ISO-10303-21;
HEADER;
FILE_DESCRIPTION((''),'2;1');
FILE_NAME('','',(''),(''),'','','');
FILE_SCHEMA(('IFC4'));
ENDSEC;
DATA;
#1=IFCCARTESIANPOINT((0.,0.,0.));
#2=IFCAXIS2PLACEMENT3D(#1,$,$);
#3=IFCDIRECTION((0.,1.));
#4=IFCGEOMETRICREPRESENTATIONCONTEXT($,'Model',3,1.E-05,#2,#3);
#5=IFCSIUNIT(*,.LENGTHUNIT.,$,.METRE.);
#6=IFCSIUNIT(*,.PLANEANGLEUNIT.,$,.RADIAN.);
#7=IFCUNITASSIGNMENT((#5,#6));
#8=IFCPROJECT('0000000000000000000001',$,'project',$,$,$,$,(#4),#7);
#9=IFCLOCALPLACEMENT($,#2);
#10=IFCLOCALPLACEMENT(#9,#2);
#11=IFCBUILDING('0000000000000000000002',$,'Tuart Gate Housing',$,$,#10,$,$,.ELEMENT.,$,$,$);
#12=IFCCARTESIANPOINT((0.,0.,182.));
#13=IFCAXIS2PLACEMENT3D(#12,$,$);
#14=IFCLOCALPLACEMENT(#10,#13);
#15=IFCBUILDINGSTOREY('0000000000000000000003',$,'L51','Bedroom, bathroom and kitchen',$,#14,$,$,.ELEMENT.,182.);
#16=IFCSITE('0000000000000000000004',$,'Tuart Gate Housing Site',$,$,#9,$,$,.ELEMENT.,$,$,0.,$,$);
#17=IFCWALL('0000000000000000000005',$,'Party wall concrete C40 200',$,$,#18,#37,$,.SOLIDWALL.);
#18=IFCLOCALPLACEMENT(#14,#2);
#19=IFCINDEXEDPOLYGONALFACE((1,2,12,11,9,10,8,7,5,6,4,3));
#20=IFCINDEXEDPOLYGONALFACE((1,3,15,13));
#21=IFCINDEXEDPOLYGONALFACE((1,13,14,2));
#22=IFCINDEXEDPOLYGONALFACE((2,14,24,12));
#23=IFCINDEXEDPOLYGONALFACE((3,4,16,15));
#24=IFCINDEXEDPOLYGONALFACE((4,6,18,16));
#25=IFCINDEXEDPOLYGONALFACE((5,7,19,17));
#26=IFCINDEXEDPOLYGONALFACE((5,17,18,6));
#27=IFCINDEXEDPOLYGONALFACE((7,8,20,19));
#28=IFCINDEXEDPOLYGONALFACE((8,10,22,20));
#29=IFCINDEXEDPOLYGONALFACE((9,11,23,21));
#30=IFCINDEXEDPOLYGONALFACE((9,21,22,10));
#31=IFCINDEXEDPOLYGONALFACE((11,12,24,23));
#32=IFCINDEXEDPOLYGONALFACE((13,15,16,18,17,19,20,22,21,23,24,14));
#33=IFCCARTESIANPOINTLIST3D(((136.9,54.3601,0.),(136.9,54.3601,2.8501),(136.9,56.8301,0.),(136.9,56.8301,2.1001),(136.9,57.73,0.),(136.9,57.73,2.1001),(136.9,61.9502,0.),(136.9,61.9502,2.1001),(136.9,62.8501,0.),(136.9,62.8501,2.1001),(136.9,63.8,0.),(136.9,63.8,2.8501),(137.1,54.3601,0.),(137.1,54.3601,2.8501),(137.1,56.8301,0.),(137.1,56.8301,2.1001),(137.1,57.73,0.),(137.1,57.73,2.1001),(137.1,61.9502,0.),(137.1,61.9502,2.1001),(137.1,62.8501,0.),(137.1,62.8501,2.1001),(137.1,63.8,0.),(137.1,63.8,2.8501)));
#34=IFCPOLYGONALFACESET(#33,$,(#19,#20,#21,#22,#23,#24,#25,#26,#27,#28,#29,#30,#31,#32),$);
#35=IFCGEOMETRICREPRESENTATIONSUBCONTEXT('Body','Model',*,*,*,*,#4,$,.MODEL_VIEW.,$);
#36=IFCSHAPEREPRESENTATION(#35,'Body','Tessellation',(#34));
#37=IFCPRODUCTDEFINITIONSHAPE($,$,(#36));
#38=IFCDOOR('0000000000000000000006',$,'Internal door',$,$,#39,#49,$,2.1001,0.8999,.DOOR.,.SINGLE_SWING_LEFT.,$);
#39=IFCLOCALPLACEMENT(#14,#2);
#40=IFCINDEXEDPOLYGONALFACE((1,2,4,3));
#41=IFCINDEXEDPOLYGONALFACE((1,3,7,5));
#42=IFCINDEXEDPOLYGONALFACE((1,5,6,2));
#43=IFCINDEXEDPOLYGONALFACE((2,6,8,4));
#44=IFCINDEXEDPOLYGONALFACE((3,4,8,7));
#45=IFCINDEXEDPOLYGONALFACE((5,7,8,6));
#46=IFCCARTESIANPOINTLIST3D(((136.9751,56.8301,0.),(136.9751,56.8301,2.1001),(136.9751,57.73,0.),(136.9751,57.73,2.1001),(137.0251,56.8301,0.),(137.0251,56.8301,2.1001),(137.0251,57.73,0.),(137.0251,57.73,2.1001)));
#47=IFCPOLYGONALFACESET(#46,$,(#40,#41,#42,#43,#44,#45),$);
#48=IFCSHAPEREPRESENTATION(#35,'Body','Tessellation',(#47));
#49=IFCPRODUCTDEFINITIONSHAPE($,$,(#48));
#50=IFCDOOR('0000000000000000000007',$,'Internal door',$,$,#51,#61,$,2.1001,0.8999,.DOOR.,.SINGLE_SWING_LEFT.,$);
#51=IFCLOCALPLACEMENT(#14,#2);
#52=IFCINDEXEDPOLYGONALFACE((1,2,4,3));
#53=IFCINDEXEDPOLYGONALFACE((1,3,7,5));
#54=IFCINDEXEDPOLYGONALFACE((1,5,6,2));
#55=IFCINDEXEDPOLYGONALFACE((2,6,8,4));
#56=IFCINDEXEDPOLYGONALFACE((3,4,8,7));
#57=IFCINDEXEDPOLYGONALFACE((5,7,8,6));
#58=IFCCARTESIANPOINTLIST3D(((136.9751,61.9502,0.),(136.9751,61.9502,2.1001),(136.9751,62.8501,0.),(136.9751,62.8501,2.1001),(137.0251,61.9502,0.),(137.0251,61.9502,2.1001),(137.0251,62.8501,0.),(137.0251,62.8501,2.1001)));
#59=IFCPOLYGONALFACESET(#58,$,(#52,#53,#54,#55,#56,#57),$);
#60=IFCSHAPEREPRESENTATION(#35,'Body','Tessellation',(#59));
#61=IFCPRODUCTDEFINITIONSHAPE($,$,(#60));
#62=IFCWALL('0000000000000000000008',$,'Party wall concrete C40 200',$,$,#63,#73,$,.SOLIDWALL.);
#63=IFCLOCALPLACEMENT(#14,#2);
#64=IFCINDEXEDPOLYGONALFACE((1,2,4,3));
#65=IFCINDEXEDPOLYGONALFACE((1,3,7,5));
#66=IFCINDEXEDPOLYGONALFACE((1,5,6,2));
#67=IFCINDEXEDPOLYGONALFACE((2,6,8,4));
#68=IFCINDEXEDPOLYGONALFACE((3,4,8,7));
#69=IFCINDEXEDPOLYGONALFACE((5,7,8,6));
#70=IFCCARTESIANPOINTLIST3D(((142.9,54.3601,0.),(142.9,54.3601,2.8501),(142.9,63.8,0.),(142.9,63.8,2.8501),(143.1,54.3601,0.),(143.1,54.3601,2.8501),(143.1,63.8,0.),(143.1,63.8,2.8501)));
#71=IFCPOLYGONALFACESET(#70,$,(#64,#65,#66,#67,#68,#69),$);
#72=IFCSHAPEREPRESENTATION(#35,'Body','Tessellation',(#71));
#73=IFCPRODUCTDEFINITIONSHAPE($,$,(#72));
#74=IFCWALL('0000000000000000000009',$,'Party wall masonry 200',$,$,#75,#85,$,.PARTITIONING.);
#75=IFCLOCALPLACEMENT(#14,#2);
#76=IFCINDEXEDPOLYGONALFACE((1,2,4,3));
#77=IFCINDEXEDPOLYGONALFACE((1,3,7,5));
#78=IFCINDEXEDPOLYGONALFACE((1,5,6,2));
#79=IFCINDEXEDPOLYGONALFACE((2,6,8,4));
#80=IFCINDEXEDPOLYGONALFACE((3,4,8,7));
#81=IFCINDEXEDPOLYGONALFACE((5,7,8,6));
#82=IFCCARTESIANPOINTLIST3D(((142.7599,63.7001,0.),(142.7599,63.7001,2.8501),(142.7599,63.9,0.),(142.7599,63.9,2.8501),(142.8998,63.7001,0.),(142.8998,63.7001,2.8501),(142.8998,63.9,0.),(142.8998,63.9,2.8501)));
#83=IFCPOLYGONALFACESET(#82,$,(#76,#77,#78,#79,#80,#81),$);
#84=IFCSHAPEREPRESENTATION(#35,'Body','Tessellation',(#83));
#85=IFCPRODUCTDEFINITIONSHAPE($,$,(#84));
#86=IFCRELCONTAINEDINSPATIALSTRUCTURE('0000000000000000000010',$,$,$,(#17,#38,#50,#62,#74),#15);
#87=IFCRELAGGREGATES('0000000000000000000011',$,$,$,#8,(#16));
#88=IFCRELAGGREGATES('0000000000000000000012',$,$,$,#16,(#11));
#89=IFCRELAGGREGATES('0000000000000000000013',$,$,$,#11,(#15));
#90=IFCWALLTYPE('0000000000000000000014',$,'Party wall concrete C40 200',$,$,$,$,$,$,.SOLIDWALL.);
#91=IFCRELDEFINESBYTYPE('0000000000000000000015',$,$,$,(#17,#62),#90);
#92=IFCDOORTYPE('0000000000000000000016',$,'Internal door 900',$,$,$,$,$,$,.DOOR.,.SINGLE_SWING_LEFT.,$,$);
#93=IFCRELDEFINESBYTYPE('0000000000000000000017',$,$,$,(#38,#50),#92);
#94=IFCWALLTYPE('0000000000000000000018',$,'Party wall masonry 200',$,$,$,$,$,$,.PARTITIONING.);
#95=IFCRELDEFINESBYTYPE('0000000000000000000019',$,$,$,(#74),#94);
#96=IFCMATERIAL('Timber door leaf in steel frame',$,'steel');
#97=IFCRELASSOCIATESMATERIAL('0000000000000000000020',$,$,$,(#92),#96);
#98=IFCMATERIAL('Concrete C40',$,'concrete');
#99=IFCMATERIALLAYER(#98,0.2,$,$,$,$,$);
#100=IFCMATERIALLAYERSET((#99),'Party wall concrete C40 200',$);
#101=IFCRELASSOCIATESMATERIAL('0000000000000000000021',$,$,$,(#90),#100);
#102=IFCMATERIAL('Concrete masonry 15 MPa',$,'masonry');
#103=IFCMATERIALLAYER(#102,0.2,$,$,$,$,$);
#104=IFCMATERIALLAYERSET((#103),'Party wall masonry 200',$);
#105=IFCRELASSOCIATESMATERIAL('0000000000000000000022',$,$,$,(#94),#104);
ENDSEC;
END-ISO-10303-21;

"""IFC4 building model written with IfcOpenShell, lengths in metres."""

from ifc_helpers import new_model, si_unit, direction, frame, frame_2d, origin, place, context, subcontext, project, spatial, rectangle, extrude, material, layer, layer_set, type_object, element, fill, save


model = new_model("IFC4")

# Units and contexts
model_context = context("Model", 3, precision=1e-05, world=origin(), true_north=direction((0.0, 1.0)))
body_context = subcontext(model_context, "Body", "Model", "MODEL_VIEW")
ifc_project = project(units=[si_unit("LENGTHUNIT", "METRE"), si_unit("PLANEANGLEUNIT", "RADIAN")], contexts=[model_context])

# Site, building, storey
site_placement = place(None, origin())
site = spatial("IfcSite", under=ifc_project, at=site_placement, Name="Tuart Gate Housing Site", CompositionType="ELEMENT", RefElevation=0.0)
building_placement = place(site_placement, origin())
building = spatial("IfcBuilding", under=site, at=building_placement, Name="Tuart Gate Housing", CompositionType="ELEMENT")
storey_placement = place(building_placement, frame((0.0, 0.0, 182.0)))
storey = spatial("IfcBuildingStorey", under=building, at=storey_placement, Name="L51", Description="Bedroom, bathroom and kitchen", CompositionType="ELEMENT", Elevation=182.0)

# Shared definitions
ifc_material_1 = material(Name="Timber door leaf in steel frame", Category="steel")
door_type_1 = type_object("IfcDoorType", Name="Internal door 900", OperationType="SINGLE_SWING_LEFT", PredefinedType="DOOR", material=ifc_material_1)

# Wall, openings, doors
ifc_material_2 = material(Name="Concrete C40", Category="concrete")
ifc_layer_1 = layer(ifc_material_2, 0.2)
ifc_layer_set_1 = layer_set([ifc_layer_1], Name="Party wall concrete C40 200")
wall_type_1 = type_object("IfcWallType", Name="Party wall concrete C40 200", PredefinedType="SOLIDWALL", material=ifc_layer_set_1)
wall_1_placement = place(storey_placement, frame((137.0, 54.3601, 0.0), z_axis=(0.0, 0.0, 1.0), x_axis=(0.0, 1.0, 0.0)))
wall_1 = element("IfcWall", 1, at=wall_1_placement, inside=storey, type_object=wall_type_1, Name="Party wall concrete C40 200", PredefinedType="SOLIDWALL", context=body_context, shape_type="SweptSolid", body=[
    extrude(rectangle(XDim=9.4399, YDim=0.2, at=frame_2d((4.72, 0.0))), origin(), (0.0, 0.0, 1.0), 2.8501),
])
opening_1_placement = place(wall_1_placement, frame((2.47, 0.0, 0.0)))
opening_1 = element("IfcOpeningElement", 2, at=opening_1_placement, cuts=wall_1, PredefinedType="OPENING", context=body_context, shape_type="SweptSolid", body=[
    extrude(rectangle(XDim=0.8999, YDim=2.1001, at=frame_2d((0.45, 1.05))), frame((0.0, 0.1099, 0.0), z_axis=(0.0, -1.0, 0.0), x_axis=(1.0, 0.0, 0.0)), (0.0, 0.0, 1.0), 0.22),
])
opening_2_placement = place(wall_1_placement, frame((7.5901, 0.0, 0.0)))
opening_2 = element("IfcOpeningElement", 3, at=opening_2_placement, cuts=wall_1, PredefinedType="OPENING", context=body_context, shape_type="SweptSolid", body=[
    extrude(rectangle(XDim=0.8999, YDim=2.1001, at=frame_2d((0.45, 1.05))), frame((0.0, 0.1099, 0.0), z_axis=(0.0, -1.0, 0.0), x_axis=(1.0, 0.0, 0.0)), (0.0, 0.0, 1.0), 0.22),
])
door_1_placement = place(opening_1_placement, origin())
door_1 = element("IfcDoor", 4, at=door_1_placement, inside=storey, type_object=door_type_1, Name="Internal door", OperationType="SINGLE_SWING_LEFT", OverallHeight=2.1001, OverallWidth=0.8999, PredefinedType="DOOR", context=body_context, shape_type="SweptSolid", body=[
    extrude(rectangle(XDim=0.8999, YDim=2.1001, at=frame_2d((0.45, 1.05))), frame((0.0, 0.0249, 0.0), z_axis=(0.0, -1.0, 0.0), x_axis=(1.0, 0.0, 0.0)), (0.0, 0.0, 1.0), 0.05),
])
fill(opening_1, door_1)
door_2_placement = place(opening_2_placement, origin())
door_2 = element("IfcDoor", 5, at=door_2_placement, inside=storey, type_object=door_type_1, Name="Internal door", OperationType="SINGLE_SWING_LEFT", OverallHeight=2.1001, OverallWidth=0.8999, PredefinedType="DOOR", context=body_context, shape_type="SweptSolid", body=[
    extrude(rectangle(XDim=0.8999, YDim=2.1001, at=frame_2d((0.45, 1.05))), frame((0.0, 0.0249, 0.0), z_axis=(0.0, -1.0, 0.0), x_axis=(1.0, 0.0, 0.0)), (0.0, 0.0, 1.0), 0.05),
])
fill(opening_2, door_2)

# Walls
wall_2_placement = place(storey_placement, frame((143.0, 54.3601, 0.0), z_axis=(0.0, 0.0, 1.0), x_axis=(0.0, 1.0, 0.0)))
element("IfcWall", 6, at=wall_2_placement, inside=storey, type_object=wall_type_1, Name="Party wall concrete C40 200", PredefinedType="SOLIDWALL", context=body_context, shape_type="SweptSolid", body=[
    extrude(rectangle(XDim=9.4399, YDim=0.2, at=frame_2d((4.72, 0.0))), origin(), (0.0, 0.0, 1.0), 2.8501),
])
ifc_material_3 = material(Name="Concrete masonry 15 MPa", Category="masonry")
ifc_layer_2 = layer(ifc_material_3, 0.2)
ifc_layer_set_2 = layer_set([ifc_layer_2], Name="Party wall masonry 200")
wall_type_2 = type_object("IfcWallType", Name="Party wall masonry 200", PredefinedType="PARTITIONING", material=ifc_layer_set_2)
wall_3_placement = place(storey_placement, frame((142.76, 63.8, 0.0), z_axis=(0.0, 0.0, 1.0), x_axis=(1.0, 0.0, 0.0)))
element("IfcWall", 7, at=wall_3_placement, inside=storey, type_object=wall_type_2, Name="Party wall masonry 200", PredefinedType="PARTITIONING", context=body_context, shape_type="SweptSolid", body=[
    extrude(rectangle(XDim=0.1399, YDim=0.2, at=frame_2d((0.0698, 0.0))), origin(), (0.0, 0.0, 1.0), 2.8501),
])

save(model, "model.ifc")
